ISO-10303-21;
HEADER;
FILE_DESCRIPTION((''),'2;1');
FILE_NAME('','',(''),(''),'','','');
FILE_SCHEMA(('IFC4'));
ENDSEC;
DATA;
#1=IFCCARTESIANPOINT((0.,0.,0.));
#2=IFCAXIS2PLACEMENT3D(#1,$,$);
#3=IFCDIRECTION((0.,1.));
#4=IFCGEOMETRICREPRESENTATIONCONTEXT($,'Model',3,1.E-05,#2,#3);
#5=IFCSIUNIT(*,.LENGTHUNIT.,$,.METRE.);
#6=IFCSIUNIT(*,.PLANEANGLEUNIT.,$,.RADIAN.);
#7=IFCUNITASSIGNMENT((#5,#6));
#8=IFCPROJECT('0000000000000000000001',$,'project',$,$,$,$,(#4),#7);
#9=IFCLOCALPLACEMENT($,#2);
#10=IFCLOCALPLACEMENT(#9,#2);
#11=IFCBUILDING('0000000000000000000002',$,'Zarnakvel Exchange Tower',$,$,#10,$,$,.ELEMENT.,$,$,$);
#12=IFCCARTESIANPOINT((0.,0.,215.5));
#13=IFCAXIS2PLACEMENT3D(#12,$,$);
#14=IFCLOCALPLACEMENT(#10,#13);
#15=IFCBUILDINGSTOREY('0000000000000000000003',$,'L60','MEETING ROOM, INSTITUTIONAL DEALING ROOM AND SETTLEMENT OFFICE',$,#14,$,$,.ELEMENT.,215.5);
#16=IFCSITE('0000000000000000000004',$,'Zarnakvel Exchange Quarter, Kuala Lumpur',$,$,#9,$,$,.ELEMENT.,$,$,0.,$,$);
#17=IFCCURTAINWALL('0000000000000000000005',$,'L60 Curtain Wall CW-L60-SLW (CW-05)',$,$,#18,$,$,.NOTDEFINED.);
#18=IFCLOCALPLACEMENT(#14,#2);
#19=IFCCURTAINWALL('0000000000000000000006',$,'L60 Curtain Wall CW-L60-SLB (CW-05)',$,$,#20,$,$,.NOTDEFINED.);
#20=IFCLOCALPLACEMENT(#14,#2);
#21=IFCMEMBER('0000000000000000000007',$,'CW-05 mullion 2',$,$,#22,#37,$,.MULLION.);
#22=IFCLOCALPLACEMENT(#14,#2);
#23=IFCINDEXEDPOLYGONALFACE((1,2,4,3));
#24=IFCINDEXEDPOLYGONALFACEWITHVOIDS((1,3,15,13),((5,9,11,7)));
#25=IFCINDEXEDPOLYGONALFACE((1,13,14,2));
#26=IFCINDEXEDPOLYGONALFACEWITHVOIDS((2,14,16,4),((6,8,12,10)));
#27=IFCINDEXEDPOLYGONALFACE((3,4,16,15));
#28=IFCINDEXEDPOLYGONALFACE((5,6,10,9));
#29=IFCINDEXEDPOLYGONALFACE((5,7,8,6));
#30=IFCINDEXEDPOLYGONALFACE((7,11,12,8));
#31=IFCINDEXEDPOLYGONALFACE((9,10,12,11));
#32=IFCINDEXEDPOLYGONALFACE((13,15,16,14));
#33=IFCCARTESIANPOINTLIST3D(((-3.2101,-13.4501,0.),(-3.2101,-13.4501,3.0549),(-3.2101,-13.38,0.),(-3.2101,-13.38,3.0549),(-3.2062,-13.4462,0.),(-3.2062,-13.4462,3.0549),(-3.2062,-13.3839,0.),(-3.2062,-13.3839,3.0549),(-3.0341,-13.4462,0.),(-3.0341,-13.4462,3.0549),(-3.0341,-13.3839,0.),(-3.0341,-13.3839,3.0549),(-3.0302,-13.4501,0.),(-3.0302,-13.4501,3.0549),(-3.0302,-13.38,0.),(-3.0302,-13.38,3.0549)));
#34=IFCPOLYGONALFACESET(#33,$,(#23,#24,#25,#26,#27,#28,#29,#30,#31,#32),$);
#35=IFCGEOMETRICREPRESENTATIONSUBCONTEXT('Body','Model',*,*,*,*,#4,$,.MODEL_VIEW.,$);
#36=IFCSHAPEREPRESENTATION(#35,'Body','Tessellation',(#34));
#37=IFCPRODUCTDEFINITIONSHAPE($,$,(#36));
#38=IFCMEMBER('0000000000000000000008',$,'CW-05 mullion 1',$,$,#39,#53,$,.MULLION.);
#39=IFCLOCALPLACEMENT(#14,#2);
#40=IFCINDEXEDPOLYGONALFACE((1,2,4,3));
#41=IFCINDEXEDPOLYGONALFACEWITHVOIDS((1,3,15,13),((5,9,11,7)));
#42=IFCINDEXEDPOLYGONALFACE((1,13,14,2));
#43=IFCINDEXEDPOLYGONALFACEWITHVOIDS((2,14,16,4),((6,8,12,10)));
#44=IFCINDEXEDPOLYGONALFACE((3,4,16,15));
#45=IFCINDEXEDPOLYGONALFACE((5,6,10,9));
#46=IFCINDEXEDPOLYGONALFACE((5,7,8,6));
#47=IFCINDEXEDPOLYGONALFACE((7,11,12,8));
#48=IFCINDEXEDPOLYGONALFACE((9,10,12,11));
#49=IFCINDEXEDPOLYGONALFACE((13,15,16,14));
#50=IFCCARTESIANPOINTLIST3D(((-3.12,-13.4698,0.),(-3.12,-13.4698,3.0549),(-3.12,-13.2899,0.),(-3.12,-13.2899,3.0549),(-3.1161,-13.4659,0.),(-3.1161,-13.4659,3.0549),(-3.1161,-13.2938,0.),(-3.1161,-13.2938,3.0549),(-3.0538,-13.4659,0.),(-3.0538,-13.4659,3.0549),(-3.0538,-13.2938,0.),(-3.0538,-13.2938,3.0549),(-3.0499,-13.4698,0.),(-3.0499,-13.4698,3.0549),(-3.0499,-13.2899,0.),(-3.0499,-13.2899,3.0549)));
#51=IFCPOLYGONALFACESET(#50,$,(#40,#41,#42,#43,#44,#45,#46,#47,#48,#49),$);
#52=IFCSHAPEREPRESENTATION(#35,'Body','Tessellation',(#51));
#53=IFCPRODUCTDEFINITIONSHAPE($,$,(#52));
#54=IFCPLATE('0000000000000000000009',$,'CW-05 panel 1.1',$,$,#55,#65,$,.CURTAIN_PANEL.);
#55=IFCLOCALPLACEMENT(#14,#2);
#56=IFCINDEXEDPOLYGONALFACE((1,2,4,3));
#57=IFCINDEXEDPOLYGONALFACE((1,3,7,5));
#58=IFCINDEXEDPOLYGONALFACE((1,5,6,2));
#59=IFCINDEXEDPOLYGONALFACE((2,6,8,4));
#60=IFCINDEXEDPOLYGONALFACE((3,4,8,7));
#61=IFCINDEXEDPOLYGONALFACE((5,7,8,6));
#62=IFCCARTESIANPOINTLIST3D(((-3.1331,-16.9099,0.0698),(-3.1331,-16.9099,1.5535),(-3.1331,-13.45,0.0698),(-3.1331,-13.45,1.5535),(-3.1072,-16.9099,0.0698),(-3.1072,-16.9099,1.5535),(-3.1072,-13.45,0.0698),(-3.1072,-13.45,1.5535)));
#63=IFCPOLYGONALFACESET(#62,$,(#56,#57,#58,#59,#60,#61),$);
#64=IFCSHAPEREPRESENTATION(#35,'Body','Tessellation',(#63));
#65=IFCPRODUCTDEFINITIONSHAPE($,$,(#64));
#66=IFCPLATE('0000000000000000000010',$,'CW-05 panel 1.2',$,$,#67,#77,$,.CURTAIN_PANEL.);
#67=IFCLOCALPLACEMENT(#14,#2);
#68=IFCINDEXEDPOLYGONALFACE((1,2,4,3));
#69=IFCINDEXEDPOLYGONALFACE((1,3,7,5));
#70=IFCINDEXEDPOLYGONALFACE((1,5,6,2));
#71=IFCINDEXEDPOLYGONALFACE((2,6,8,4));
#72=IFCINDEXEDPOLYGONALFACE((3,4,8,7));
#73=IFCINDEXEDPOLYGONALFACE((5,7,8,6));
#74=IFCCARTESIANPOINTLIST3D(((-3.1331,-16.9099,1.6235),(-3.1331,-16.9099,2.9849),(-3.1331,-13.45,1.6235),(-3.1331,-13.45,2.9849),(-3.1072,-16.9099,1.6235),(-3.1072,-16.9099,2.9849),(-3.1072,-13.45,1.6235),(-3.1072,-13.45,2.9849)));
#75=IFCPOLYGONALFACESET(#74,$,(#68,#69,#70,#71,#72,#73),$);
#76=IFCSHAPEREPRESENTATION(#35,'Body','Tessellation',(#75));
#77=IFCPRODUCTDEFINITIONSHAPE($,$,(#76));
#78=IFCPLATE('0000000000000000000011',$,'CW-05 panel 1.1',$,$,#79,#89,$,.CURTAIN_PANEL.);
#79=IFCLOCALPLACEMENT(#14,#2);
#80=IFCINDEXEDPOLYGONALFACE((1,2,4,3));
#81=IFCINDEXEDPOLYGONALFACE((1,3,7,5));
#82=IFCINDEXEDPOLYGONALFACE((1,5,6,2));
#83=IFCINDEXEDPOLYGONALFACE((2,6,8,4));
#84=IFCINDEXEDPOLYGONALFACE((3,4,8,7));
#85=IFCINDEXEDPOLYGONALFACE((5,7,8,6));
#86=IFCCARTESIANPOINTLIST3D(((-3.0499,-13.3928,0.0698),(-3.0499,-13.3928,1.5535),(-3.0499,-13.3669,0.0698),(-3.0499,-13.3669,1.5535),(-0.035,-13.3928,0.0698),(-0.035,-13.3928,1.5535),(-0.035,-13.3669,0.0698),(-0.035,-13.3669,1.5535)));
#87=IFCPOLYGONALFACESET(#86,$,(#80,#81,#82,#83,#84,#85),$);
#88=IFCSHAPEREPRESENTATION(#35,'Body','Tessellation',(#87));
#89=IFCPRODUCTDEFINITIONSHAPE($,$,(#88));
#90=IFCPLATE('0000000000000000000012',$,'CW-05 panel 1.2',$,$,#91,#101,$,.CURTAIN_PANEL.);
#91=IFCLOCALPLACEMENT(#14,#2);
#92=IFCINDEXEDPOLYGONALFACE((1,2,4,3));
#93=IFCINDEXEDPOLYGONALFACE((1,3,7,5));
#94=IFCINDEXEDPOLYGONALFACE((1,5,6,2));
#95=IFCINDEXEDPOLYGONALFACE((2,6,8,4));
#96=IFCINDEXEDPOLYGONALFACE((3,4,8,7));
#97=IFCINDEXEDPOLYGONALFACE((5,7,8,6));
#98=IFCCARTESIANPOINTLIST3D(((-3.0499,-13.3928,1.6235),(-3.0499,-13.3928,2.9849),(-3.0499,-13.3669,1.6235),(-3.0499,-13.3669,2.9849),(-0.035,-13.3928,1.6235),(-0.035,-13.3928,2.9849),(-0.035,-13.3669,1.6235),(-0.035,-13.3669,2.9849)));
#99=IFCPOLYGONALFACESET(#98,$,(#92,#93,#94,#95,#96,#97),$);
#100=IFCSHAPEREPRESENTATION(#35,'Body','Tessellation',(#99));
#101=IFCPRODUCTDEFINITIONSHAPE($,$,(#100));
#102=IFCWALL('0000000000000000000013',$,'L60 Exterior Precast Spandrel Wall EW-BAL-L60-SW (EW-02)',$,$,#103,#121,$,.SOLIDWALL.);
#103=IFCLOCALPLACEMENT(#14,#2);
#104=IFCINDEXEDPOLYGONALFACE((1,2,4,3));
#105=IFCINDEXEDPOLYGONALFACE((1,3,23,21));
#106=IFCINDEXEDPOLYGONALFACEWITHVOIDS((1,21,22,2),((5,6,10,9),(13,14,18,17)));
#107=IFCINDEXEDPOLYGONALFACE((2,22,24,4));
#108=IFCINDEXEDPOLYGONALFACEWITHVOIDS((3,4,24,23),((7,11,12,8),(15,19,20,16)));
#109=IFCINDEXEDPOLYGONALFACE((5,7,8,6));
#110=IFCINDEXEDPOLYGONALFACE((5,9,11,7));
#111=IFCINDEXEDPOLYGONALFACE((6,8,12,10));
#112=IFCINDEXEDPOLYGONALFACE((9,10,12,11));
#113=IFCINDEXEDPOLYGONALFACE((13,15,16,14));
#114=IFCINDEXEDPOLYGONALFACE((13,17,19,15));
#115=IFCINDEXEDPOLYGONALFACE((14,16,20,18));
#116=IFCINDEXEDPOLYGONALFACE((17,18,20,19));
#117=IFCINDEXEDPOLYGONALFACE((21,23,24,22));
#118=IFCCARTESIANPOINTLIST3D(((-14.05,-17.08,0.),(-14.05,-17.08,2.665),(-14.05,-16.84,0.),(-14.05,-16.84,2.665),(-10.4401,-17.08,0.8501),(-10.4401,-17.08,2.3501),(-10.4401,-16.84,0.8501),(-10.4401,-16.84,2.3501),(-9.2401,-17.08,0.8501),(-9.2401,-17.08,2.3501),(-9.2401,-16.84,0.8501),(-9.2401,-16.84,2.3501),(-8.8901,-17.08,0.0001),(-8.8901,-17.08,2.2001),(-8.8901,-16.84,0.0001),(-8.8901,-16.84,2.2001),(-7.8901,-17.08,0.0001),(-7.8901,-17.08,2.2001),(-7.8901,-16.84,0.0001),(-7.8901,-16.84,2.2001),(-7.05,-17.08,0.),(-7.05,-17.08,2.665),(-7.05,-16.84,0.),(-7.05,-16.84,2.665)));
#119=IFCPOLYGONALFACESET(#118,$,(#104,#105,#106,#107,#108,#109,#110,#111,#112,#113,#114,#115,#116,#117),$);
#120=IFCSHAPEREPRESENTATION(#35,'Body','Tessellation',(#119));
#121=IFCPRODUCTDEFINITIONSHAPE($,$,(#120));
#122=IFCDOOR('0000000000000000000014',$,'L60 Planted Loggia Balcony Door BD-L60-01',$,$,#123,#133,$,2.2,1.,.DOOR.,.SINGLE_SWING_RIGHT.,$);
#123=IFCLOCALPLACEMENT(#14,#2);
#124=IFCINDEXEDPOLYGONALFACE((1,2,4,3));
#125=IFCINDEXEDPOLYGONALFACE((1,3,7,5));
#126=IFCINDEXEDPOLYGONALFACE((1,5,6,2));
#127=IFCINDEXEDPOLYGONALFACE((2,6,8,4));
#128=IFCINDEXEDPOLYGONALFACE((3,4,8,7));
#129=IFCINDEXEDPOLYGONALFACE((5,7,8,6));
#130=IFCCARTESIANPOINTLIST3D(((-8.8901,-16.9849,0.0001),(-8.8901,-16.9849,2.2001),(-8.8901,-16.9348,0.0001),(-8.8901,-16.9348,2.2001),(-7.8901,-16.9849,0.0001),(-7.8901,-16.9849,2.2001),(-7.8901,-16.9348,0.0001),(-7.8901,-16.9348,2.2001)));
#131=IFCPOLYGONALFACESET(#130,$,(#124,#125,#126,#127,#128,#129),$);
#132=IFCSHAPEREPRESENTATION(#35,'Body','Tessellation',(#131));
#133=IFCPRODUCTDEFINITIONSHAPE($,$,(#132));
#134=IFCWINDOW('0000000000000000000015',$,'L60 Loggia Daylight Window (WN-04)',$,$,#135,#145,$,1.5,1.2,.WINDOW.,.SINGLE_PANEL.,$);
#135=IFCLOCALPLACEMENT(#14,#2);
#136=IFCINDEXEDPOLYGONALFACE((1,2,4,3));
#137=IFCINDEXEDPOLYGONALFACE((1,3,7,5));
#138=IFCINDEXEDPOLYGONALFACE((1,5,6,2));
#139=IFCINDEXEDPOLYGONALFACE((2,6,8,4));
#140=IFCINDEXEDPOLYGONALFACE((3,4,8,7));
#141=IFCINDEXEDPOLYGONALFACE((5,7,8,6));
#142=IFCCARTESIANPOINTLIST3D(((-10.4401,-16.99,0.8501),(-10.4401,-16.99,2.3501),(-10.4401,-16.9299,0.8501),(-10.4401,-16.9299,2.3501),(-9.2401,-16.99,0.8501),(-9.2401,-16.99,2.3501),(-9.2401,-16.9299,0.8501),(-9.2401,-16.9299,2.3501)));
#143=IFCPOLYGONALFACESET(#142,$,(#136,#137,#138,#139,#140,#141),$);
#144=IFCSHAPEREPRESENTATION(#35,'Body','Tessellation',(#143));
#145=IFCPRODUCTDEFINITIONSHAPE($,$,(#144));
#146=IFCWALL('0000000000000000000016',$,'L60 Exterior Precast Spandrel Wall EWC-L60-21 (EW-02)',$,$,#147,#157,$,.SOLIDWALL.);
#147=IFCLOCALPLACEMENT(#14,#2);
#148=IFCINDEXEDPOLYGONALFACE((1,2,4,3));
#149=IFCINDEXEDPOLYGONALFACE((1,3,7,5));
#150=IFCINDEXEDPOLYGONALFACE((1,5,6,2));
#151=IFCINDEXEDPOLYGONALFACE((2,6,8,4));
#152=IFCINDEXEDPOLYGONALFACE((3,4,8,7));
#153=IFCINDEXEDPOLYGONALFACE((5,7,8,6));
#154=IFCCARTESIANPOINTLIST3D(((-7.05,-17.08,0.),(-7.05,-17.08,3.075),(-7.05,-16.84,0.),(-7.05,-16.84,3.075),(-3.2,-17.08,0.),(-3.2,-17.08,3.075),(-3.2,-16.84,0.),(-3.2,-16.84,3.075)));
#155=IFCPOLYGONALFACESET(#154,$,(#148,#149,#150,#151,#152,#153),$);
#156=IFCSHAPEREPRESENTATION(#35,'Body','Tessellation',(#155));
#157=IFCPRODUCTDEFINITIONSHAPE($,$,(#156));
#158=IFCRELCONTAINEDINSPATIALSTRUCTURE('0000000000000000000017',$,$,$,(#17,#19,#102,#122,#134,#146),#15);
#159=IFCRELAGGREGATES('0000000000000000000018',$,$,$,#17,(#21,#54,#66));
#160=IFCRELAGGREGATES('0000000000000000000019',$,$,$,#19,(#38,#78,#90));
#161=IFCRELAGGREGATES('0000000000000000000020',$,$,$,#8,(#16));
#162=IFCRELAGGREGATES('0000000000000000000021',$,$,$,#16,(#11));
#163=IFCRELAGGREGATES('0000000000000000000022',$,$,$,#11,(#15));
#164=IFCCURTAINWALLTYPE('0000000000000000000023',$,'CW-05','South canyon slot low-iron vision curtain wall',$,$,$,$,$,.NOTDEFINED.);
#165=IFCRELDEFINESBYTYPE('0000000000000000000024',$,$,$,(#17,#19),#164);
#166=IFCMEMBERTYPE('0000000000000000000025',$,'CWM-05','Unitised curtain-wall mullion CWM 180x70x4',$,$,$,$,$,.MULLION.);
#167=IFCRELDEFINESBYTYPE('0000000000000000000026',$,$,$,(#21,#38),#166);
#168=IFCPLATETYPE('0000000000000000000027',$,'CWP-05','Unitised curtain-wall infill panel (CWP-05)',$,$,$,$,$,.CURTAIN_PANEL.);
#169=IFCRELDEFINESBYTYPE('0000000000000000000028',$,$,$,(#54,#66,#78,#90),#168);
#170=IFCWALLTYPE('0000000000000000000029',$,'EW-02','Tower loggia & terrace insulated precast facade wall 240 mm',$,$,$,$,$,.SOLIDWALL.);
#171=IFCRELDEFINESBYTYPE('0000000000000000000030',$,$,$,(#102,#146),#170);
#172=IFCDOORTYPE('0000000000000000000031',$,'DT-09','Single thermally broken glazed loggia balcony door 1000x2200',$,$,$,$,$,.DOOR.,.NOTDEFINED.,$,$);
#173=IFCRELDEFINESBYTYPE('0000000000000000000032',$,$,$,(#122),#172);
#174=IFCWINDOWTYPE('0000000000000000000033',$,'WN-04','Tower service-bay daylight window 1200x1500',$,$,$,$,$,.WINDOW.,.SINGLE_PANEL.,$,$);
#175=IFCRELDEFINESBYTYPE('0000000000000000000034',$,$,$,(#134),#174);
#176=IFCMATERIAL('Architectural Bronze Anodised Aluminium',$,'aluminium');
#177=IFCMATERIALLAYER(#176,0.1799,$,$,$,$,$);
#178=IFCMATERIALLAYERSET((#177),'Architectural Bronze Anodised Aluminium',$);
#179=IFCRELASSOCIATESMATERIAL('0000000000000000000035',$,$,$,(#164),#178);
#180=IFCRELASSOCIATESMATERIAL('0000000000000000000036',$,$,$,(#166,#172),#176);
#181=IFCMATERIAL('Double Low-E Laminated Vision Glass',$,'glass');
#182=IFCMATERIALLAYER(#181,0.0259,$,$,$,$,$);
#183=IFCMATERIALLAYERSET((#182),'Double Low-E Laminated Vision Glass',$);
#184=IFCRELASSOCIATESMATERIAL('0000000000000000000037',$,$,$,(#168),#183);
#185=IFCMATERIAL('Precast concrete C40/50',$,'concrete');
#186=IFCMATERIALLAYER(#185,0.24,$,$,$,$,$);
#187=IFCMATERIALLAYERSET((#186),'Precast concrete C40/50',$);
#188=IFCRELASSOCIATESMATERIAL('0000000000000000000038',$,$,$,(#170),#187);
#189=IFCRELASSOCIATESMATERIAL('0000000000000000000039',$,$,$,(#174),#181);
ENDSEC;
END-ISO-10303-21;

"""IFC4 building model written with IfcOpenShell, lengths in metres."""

from ifc_helpers import new_model, si_unit, direction, frame, frame_2d, origin, origin_2d, place, context, subcontext, project, spatial, rectangle, hollow_rectangle, extrude, source, transform, mapped, material, layer, layer_set, material_profile, profile_set, type_object, element, fill, aggregate, save


model = new_model("IFC4")

# Units and contexts
model_context = context("Model", 3, precision=1e-05, world=origin(), true_north=direction((0.0, 1.0)))
body_context = subcontext(model_context, "Body", "Model", "MODEL_VIEW")
ifc_project = project(units=[si_unit("LENGTHUNIT", "METRE"), si_unit("PLANEANGLEUNIT", "RADIAN")], contexts=[model_context])

# Site, building, storey
site_placement = place(None, origin())
site = spatial("IfcSite", under=ifc_project, at=site_placement, Name="Zarnakvel Exchange Quarter, Kuala Lumpur", CompositionType="ELEMENT", RefElevation=0.0)
building_placement = place(site_placement, origin())
building = spatial("IfcBuilding", under=site, at=building_placement, Name="Zarnakvel Exchange Tower", CompositionType="ELEMENT")
storey_placement = place(building_placement, frame((0.0, 0.0, 215.5)))
storey = spatial("IfcBuildingStorey", under=building, at=storey_placement, Name="L60", Description="MEETING ROOM, INSTITUTIONAL DEALING ROOM AND SETTLEMENT OFFICE", CompositionType="ELEMENT", Elevation=215.5)

# Curtain walls
ifc_material_1 = material(Name="Architectural Bronze Anodised Aluminium", Category="aluminium")
ifc_layer_1 = layer(ifc_material_1, 0.1799)
ifc_layer_set_1 = layer_set([ifc_layer_1], Name="Architectural Bronze Anodised Aluminium")
curtain_wall_type = type_object("IfcCurtainWallType", Name="CW-05", Description="South canyon slot low-iron vision curtain wall", PredefinedType="NOTDEFINED", material=ifc_layer_set_1)
curtain_wall_1_placement = place(storey_placement, origin())
curtain_wall_1 = element("IfcCurtainWall", 1, at=curtain_wall_1_placement, inside=storey, type_object=curtain_wall_type, Name="L60 Curtain Wall CW-L60-SLW (CW-05)", PredefinedType="NOTDEFINED")
curtain_wall_2_placement = place(storey_placement, origin())
curtain_wall_2 = element("IfcCurtainWall", 2, at=curtain_wall_2_placement, inside=storey, type_object=curtain_wall_type, Name="L60 Curtain Wall CW-L60-SLB (CW-05)", PredefinedType="NOTDEFINED")

# Members
ifc_material_profile_1 = material_profile(ifc_material_1, hollow_rectangle(XDim=0.1799, YDim=0.0701, WallThickness=0.0039, at=origin_2d()))
ifc_profile_set_1 = profile_set([ifc_material_profile_1], Name="Architectural Bronze Anodised Aluminium")
member_type_1 = type_object("IfcMemberType", Name="CWM-05", Description="Unitised curtain-wall mullion CWM 180x70x4", PredefinedType="MULLION", material=ifc_profile_set_1)
shared_shape_1 = source(origin(), body_context, "Body", "SweptSolid", [
    extrude(hollow_rectangle(XDim=0.1799, YDim=0.0701, WallThickness=0.0039, at=origin_2d()), origin(), (0.0, 0.0, 1.0), 3.0549),
])
member_1_placement = place(storey_placement, frame((-3.1201, -13.415, 0.0), z_axis=(0.0, 0.0, 1.0), x_axis=(-1.0, 0.0, 0.0)))
member_1 = element("IfcMember", 3, at=member_1_placement, type_object=member_type_1, Name="CW-05 mullion 2", PredefinedType="MULLION", context=body_context, shape_type="MappedRepresentation", body=[
    mapped(shared_shape_1, transform((0.0, 0.0, 0.0), x_axis=(1.0, 0.0, 0.0), y_axis=(0.0, 1.0, 0.0), z_axis=(0.0, 0.0, 1.0), scale=1.0)),
])
member_2_placement = place(storey_placement, frame((-3.085, -13.3799, 0.0), z_axis=(0.0, 0.0, 1.0), x_axis=(0.0, 1.0, 0.0)))
member_2 = element("IfcMember", 4, at=member_2_placement, type_object=member_type_1, Name="CW-05 mullion 1", PredefinedType="MULLION", context=body_context, shape_type="MappedRepresentation", body=[
    mapped(shared_shape_1, transform((0.0, 0.0, 0.0), x_axis=(1.0, 0.0, 0.0), y_axis=(0.0, 1.0, 0.0), z_axis=(0.0, 0.0, 1.0), scale=1.0)),
])

# Plates
ifc_material_2 = material(Name="Double Low-E Laminated Vision Glass", Category="glass")
ifc_layer_2 = layer(ifc_material_2, 0.0259)
ifc_layer_set_2 = layer_set([ifc_layer_2], Name="Double Low-E Laminated Vision Glass")
plate_type = type_object("IfcPlateType", Name="CWP-05", Description="Unitised curtain-wall infill panel (CWP-05)", PredefinedType="CURTAIN_PANEL", material=ifc_layer_set_2)
shared_shape_2 = source(origin(), body_context, "Body", "SweptSolid", [
    extrude(rectangle(XDim=3.46, YDim=0.0259, at=origin_2d()), origin(), (0.0, 0.0, 1.0), 1.4836),
])
plate_1_placement = place(storey_placement, frame((-3.1201, -15.1799, 0.0698), z_axis=(0.0, 0.0, 1.0), x_axis=(0.0, 1.0, 0.0)))
plate_1 = element("IfcPlate", 5, at=plate_1_placement, type_object=plate_type, Name="CW-05 panel 1.1", PredefinedType="CURTAIN_PANEL", context=body_context, shape_type="MappedRepresentation", body=[
    mapped(shared_shape_2, transform((0.0, 0.0, 0.0), x_axis=(1.0, 0.0, 0.0), y_axis=(0.0, 1.0, 0.0), z_axis=(0.0, 0.0, 1.0), scale=1.0)),
])
shared_shape_3 = source(origin(), body_context, "Body", "SweptSolid", [
    extrude(rectangle(XDim=3.46, YDim=0.0259, at=origin_2d()), origin(), (0.0, 0.0, 1.0), 1.3613),
])
plate_2_placement = place(storey_placement, frame((-3.1201, -15.1799, 1.6235), z_axis=(0.0, 0.0, 1.0), x_axis=(0.0, 1.0, 0.0)))
plate_2 = element("IfcPlate", 6, at=plate_2_placement, type_object=plate_type, Name="CW-05 panel 1.2", PredefinedType="CURTAIN_PANEL", context=body_context, shape_type="MappedRepresentation", body=[
    mapped(shared_shape_3, transform((0.0, 0.0, 0.0), x_axis=(1.0, 0.0, 0.0), y_axis=(0.0, 1.0, 0.0), z_axis=(0.0, 0.0, 1.0), scale=1.0)),
])
aggregate(curtain_wall_1, [member_1, plate_1, plate_2])
shared_shape_4 = source(origin(), body_context, "Body", "SweptSolid", [
    extrude(rectangle(XDim=3.0149, YDim=0.0259, at=origin_2d()), origin(), (0.0, 0.0, 1.0), 1.4836),
])
plate_3_placement = place(storey_placement, frame((-1.5425, -13.3799, 0.0698), z_axis=(0.0, 0.0, 1.0), x_axis=(1.0, 0.0, 0.0)))
plate_3 = element("IfcPlate", 7, at=plate_3_placement, type_object=plate_type, Name="CW-05 panel 1.1", PredefinedType="CURTAIN_PANEL", context=body_context, shape_type="MappedRepresentation", body=[
    mapped(shared_shape_4, transform((0.0, 0.0, 0.0), x_axis=(1.0, 0.0, 0.0), y_axis=(0.0, 1.0, 0.0), z_axis=(0.0, 0.0, 1.0), scale=1.0)),
])
shared_shape_5 = source(origin(), body_context, "Body", "SweptSolid", [
    extrude(rectangle(XDim=3.0149, YDim=0.0259, at=origin_2d()), origin(), (0.0, 0.0, 1.0), 1.3613),
])
plate_4_placement = place(storey_placement, frame((-1.5425, -13.3799, 1.6235), z_axis=(0.0, 0.0, 1.0), x_axis=(1.0, 0.0, 0.0)))
plate_4 = element("IfcPlate", 8, at=plate_4_placement, type_object=plate_type, Name="CW-05 panel 1.2", PredefinedType="CURTAIN_PANEL", context=body_context, shape_type="MappedRepresentation", body=[
    mapped(shared_shape_5, transform((0.0, 0.0, 0.0), x_axis=(1.0, 0.0, 0.0), y_axis=(0.0, 1.0, 0.0), z_axis=(0.0, 0.0, 1.0), scale=1.0)),
])
aggregate(curtain_wall_2, [member_2, plate_3, plate_4])

# Wall, openings, door, window
ifc_material_3 = material(Name="Precast concrete C40/50", Category="concrete")
ifc_layer_3 = layer(ifc_material_3, 0.24)
ifc_layer_set_3 = layer_set([ifc_layer_3], Name="Precast concrete C40/50")
wall_type = type_object("IfcWallType", Name="EW-02", Description="Tower loggia & terrace insulated precast facade wall 240 mm", PredefinedType="SOLIDWALL", material=ifc_layer_set_3)
wall_1_placement = place(storey_placement, frame((-7.05, -16.96, 0.0), z_axis=(0.0, 0.0, 1.0), x_axis=(-1.0, 0.0, 0.0)))
wall_1 = element("IfcWall", 9, at=wall_1_placement, inside=storey, type_object=wall_type, Name="L60 Exterior Precast Spandrel Wall EW-BAL-L60-SW (EW-02)", PredefinedType="SOLIDWALL", context=body_context, shape_type="SweptSolid", body=[
    extrude(rectangle(XDim=7.0, YDim=0.24, at=frame_2d((3.5, 0.0))), origin(), (0.0, 0.0, 1.0), 2.665),
])
opening_1_placement = place(wall_1_placement, frame((0.8401, 0.0, 0.0)))
opening_1 = element("IfcOpeningElement", 10, at=opening_1_placement, cuts=wall_1, PredefinedType="OPENING", context=body_context, shape_type="SweptSolid", body=[
    extrude(rectangle(XDim=1.0, YDim=2.2, at=frame_2d((0.5, 1.1001))), frame((0.0, 0.1299, 0.0), z_axis=(0.0, -1.0, 0.0), x_axis=(1.0, 0.0, 0.0)), (0.0, 0.0, 1.0), 0.26),
])
opening_2_placement = place(wall_1_placement, frame((2.1899, 0.0, 0.8501)))
opening_2 = element("IfcOpeningElement", 11, at=opening_2_placement, cuts=wall_1, PredefinedType="OPENING", context=body_context, shape_type="SweptSolid", body=[
    extrude(rectangle(XDim=1.2, YDim=1.5, at=frame_2d((0.6001, 0.75))), frame((0.0, 0.1299, 0.0), z_axis=(0.0, -1.0, 0.0), x_axis=(1.0, 0.0, 0.0)), (0.0, 0.0, 1.0), 0.26),
])
door_type = type_object("IfcDoorType", Name="DT-09", Description="Single thermally broken glazed loggia balcony door 1000x2200", OperationType="NOTDEFINED", PredefinedType="DOOR", material=ifc_material_1)
shared_shape_6 = source(origin(), body_context, "Body", "SweptSolid", [
    extrude(rectangle(XDim=1.0, YDim=2.2, at=frame_2d((0.5, 1.1001))), frame((0.0, 0.0249, 0.0), z_axis=(0.0, -1.0, 0.0), x_axis=(1.0, 0.0, 0.0)), (0.0, 0.0, 1.0), 0.05),
])
door_placement = place(opening_1_placement, origin())
door = element("IfcDoor", 12, at=door_placement, inside=storey, type_object=door_type, Name="L60 Planted Loggia Balcony Door BD-L60-01", OperationType="SINGLE_SWING_RIGHT", OverallHeight=2.2, OverallWidth=1.0, PredefinedType="DOOR", context=body_context, shape_type="MappedRepresentation", body=[
    mapped(shared_shape_6, transform((0.0, 0.0, 0.0), x_axis=(1.0, 0.0, 0.0), y_axis=(0.0, 1.0, 0.0), z_axis=(0.0, 0.0, 1.0), scale=1.0)),
])
fill(opening_1, door)
window_type = type_object("IfcWindowType", Name="WN-04", Description="Tower service-bay daylight window 1200x1500", PartitioningType="SINGLE_PANEL", PredefinedType="WINDOW", material=ifc_material_2)
shared_shape_7 = source(origin(), body_context, "Body", "SweptSolid", [
    extrude(rectangle(XDim=1.2, YDim=1.5, at=frame_2d((0.6001, 0.75))), frame((0.0, 0.03, 0.0), z_axis=(0.0, -1.0, 0.0), x_axis=(1.0, 0.0, 0.0)), (0.0, 0.0, 1.0), 0.0601),
])
window_placement = place(opening_2_placement, origin())
window = element("IfcWindow", 13, at=window_placement, inside=storey, type_object=window_type, Name="L60 Loggia Daylight Window (WN-04)", OverallHeight=1.5, OverallWidth=1.2, PartitioningType="SINGLE_PANEL", PredefinedType="WINDOW", context=body_context, shape_type="MappedRepresentation", body=[
    mapped(shared_shape_7, transform((0.0, 0.0, 0.0), x_axis=(1.0, 0.0, 0.0), y_axis=(0.0, 1.0, 0.0), z_axis=(0.0, 0.0, 1.0), scale=1.0)),
])
fill(opening_2, window)

# Wall
wall_2_placement = place(storey_placement, frame((-7.05, -16.96, 0.0), z_axis=(0.0, 0.0, 1.0), x_axis=(1.0, 0.0, 0.0)))
element("IfcWall", 14, at=wall_2_placement, inside=storey, type_object=wall_type, Name="L60 Exterior Precast Spandrel Wall EWC-L60-21 (EW-02)", PredefinedType="SOLIDWALL", context=body_context, shape_type="SweptSolid", body=[
    extrude(rectangle(XDim=3.8501, YDim=0.24, at=frame_2d((1.925, 0.0))), origin(), (0.0, 0.0, 1.0), 3.075),
])

save(model, "model.ifc")
